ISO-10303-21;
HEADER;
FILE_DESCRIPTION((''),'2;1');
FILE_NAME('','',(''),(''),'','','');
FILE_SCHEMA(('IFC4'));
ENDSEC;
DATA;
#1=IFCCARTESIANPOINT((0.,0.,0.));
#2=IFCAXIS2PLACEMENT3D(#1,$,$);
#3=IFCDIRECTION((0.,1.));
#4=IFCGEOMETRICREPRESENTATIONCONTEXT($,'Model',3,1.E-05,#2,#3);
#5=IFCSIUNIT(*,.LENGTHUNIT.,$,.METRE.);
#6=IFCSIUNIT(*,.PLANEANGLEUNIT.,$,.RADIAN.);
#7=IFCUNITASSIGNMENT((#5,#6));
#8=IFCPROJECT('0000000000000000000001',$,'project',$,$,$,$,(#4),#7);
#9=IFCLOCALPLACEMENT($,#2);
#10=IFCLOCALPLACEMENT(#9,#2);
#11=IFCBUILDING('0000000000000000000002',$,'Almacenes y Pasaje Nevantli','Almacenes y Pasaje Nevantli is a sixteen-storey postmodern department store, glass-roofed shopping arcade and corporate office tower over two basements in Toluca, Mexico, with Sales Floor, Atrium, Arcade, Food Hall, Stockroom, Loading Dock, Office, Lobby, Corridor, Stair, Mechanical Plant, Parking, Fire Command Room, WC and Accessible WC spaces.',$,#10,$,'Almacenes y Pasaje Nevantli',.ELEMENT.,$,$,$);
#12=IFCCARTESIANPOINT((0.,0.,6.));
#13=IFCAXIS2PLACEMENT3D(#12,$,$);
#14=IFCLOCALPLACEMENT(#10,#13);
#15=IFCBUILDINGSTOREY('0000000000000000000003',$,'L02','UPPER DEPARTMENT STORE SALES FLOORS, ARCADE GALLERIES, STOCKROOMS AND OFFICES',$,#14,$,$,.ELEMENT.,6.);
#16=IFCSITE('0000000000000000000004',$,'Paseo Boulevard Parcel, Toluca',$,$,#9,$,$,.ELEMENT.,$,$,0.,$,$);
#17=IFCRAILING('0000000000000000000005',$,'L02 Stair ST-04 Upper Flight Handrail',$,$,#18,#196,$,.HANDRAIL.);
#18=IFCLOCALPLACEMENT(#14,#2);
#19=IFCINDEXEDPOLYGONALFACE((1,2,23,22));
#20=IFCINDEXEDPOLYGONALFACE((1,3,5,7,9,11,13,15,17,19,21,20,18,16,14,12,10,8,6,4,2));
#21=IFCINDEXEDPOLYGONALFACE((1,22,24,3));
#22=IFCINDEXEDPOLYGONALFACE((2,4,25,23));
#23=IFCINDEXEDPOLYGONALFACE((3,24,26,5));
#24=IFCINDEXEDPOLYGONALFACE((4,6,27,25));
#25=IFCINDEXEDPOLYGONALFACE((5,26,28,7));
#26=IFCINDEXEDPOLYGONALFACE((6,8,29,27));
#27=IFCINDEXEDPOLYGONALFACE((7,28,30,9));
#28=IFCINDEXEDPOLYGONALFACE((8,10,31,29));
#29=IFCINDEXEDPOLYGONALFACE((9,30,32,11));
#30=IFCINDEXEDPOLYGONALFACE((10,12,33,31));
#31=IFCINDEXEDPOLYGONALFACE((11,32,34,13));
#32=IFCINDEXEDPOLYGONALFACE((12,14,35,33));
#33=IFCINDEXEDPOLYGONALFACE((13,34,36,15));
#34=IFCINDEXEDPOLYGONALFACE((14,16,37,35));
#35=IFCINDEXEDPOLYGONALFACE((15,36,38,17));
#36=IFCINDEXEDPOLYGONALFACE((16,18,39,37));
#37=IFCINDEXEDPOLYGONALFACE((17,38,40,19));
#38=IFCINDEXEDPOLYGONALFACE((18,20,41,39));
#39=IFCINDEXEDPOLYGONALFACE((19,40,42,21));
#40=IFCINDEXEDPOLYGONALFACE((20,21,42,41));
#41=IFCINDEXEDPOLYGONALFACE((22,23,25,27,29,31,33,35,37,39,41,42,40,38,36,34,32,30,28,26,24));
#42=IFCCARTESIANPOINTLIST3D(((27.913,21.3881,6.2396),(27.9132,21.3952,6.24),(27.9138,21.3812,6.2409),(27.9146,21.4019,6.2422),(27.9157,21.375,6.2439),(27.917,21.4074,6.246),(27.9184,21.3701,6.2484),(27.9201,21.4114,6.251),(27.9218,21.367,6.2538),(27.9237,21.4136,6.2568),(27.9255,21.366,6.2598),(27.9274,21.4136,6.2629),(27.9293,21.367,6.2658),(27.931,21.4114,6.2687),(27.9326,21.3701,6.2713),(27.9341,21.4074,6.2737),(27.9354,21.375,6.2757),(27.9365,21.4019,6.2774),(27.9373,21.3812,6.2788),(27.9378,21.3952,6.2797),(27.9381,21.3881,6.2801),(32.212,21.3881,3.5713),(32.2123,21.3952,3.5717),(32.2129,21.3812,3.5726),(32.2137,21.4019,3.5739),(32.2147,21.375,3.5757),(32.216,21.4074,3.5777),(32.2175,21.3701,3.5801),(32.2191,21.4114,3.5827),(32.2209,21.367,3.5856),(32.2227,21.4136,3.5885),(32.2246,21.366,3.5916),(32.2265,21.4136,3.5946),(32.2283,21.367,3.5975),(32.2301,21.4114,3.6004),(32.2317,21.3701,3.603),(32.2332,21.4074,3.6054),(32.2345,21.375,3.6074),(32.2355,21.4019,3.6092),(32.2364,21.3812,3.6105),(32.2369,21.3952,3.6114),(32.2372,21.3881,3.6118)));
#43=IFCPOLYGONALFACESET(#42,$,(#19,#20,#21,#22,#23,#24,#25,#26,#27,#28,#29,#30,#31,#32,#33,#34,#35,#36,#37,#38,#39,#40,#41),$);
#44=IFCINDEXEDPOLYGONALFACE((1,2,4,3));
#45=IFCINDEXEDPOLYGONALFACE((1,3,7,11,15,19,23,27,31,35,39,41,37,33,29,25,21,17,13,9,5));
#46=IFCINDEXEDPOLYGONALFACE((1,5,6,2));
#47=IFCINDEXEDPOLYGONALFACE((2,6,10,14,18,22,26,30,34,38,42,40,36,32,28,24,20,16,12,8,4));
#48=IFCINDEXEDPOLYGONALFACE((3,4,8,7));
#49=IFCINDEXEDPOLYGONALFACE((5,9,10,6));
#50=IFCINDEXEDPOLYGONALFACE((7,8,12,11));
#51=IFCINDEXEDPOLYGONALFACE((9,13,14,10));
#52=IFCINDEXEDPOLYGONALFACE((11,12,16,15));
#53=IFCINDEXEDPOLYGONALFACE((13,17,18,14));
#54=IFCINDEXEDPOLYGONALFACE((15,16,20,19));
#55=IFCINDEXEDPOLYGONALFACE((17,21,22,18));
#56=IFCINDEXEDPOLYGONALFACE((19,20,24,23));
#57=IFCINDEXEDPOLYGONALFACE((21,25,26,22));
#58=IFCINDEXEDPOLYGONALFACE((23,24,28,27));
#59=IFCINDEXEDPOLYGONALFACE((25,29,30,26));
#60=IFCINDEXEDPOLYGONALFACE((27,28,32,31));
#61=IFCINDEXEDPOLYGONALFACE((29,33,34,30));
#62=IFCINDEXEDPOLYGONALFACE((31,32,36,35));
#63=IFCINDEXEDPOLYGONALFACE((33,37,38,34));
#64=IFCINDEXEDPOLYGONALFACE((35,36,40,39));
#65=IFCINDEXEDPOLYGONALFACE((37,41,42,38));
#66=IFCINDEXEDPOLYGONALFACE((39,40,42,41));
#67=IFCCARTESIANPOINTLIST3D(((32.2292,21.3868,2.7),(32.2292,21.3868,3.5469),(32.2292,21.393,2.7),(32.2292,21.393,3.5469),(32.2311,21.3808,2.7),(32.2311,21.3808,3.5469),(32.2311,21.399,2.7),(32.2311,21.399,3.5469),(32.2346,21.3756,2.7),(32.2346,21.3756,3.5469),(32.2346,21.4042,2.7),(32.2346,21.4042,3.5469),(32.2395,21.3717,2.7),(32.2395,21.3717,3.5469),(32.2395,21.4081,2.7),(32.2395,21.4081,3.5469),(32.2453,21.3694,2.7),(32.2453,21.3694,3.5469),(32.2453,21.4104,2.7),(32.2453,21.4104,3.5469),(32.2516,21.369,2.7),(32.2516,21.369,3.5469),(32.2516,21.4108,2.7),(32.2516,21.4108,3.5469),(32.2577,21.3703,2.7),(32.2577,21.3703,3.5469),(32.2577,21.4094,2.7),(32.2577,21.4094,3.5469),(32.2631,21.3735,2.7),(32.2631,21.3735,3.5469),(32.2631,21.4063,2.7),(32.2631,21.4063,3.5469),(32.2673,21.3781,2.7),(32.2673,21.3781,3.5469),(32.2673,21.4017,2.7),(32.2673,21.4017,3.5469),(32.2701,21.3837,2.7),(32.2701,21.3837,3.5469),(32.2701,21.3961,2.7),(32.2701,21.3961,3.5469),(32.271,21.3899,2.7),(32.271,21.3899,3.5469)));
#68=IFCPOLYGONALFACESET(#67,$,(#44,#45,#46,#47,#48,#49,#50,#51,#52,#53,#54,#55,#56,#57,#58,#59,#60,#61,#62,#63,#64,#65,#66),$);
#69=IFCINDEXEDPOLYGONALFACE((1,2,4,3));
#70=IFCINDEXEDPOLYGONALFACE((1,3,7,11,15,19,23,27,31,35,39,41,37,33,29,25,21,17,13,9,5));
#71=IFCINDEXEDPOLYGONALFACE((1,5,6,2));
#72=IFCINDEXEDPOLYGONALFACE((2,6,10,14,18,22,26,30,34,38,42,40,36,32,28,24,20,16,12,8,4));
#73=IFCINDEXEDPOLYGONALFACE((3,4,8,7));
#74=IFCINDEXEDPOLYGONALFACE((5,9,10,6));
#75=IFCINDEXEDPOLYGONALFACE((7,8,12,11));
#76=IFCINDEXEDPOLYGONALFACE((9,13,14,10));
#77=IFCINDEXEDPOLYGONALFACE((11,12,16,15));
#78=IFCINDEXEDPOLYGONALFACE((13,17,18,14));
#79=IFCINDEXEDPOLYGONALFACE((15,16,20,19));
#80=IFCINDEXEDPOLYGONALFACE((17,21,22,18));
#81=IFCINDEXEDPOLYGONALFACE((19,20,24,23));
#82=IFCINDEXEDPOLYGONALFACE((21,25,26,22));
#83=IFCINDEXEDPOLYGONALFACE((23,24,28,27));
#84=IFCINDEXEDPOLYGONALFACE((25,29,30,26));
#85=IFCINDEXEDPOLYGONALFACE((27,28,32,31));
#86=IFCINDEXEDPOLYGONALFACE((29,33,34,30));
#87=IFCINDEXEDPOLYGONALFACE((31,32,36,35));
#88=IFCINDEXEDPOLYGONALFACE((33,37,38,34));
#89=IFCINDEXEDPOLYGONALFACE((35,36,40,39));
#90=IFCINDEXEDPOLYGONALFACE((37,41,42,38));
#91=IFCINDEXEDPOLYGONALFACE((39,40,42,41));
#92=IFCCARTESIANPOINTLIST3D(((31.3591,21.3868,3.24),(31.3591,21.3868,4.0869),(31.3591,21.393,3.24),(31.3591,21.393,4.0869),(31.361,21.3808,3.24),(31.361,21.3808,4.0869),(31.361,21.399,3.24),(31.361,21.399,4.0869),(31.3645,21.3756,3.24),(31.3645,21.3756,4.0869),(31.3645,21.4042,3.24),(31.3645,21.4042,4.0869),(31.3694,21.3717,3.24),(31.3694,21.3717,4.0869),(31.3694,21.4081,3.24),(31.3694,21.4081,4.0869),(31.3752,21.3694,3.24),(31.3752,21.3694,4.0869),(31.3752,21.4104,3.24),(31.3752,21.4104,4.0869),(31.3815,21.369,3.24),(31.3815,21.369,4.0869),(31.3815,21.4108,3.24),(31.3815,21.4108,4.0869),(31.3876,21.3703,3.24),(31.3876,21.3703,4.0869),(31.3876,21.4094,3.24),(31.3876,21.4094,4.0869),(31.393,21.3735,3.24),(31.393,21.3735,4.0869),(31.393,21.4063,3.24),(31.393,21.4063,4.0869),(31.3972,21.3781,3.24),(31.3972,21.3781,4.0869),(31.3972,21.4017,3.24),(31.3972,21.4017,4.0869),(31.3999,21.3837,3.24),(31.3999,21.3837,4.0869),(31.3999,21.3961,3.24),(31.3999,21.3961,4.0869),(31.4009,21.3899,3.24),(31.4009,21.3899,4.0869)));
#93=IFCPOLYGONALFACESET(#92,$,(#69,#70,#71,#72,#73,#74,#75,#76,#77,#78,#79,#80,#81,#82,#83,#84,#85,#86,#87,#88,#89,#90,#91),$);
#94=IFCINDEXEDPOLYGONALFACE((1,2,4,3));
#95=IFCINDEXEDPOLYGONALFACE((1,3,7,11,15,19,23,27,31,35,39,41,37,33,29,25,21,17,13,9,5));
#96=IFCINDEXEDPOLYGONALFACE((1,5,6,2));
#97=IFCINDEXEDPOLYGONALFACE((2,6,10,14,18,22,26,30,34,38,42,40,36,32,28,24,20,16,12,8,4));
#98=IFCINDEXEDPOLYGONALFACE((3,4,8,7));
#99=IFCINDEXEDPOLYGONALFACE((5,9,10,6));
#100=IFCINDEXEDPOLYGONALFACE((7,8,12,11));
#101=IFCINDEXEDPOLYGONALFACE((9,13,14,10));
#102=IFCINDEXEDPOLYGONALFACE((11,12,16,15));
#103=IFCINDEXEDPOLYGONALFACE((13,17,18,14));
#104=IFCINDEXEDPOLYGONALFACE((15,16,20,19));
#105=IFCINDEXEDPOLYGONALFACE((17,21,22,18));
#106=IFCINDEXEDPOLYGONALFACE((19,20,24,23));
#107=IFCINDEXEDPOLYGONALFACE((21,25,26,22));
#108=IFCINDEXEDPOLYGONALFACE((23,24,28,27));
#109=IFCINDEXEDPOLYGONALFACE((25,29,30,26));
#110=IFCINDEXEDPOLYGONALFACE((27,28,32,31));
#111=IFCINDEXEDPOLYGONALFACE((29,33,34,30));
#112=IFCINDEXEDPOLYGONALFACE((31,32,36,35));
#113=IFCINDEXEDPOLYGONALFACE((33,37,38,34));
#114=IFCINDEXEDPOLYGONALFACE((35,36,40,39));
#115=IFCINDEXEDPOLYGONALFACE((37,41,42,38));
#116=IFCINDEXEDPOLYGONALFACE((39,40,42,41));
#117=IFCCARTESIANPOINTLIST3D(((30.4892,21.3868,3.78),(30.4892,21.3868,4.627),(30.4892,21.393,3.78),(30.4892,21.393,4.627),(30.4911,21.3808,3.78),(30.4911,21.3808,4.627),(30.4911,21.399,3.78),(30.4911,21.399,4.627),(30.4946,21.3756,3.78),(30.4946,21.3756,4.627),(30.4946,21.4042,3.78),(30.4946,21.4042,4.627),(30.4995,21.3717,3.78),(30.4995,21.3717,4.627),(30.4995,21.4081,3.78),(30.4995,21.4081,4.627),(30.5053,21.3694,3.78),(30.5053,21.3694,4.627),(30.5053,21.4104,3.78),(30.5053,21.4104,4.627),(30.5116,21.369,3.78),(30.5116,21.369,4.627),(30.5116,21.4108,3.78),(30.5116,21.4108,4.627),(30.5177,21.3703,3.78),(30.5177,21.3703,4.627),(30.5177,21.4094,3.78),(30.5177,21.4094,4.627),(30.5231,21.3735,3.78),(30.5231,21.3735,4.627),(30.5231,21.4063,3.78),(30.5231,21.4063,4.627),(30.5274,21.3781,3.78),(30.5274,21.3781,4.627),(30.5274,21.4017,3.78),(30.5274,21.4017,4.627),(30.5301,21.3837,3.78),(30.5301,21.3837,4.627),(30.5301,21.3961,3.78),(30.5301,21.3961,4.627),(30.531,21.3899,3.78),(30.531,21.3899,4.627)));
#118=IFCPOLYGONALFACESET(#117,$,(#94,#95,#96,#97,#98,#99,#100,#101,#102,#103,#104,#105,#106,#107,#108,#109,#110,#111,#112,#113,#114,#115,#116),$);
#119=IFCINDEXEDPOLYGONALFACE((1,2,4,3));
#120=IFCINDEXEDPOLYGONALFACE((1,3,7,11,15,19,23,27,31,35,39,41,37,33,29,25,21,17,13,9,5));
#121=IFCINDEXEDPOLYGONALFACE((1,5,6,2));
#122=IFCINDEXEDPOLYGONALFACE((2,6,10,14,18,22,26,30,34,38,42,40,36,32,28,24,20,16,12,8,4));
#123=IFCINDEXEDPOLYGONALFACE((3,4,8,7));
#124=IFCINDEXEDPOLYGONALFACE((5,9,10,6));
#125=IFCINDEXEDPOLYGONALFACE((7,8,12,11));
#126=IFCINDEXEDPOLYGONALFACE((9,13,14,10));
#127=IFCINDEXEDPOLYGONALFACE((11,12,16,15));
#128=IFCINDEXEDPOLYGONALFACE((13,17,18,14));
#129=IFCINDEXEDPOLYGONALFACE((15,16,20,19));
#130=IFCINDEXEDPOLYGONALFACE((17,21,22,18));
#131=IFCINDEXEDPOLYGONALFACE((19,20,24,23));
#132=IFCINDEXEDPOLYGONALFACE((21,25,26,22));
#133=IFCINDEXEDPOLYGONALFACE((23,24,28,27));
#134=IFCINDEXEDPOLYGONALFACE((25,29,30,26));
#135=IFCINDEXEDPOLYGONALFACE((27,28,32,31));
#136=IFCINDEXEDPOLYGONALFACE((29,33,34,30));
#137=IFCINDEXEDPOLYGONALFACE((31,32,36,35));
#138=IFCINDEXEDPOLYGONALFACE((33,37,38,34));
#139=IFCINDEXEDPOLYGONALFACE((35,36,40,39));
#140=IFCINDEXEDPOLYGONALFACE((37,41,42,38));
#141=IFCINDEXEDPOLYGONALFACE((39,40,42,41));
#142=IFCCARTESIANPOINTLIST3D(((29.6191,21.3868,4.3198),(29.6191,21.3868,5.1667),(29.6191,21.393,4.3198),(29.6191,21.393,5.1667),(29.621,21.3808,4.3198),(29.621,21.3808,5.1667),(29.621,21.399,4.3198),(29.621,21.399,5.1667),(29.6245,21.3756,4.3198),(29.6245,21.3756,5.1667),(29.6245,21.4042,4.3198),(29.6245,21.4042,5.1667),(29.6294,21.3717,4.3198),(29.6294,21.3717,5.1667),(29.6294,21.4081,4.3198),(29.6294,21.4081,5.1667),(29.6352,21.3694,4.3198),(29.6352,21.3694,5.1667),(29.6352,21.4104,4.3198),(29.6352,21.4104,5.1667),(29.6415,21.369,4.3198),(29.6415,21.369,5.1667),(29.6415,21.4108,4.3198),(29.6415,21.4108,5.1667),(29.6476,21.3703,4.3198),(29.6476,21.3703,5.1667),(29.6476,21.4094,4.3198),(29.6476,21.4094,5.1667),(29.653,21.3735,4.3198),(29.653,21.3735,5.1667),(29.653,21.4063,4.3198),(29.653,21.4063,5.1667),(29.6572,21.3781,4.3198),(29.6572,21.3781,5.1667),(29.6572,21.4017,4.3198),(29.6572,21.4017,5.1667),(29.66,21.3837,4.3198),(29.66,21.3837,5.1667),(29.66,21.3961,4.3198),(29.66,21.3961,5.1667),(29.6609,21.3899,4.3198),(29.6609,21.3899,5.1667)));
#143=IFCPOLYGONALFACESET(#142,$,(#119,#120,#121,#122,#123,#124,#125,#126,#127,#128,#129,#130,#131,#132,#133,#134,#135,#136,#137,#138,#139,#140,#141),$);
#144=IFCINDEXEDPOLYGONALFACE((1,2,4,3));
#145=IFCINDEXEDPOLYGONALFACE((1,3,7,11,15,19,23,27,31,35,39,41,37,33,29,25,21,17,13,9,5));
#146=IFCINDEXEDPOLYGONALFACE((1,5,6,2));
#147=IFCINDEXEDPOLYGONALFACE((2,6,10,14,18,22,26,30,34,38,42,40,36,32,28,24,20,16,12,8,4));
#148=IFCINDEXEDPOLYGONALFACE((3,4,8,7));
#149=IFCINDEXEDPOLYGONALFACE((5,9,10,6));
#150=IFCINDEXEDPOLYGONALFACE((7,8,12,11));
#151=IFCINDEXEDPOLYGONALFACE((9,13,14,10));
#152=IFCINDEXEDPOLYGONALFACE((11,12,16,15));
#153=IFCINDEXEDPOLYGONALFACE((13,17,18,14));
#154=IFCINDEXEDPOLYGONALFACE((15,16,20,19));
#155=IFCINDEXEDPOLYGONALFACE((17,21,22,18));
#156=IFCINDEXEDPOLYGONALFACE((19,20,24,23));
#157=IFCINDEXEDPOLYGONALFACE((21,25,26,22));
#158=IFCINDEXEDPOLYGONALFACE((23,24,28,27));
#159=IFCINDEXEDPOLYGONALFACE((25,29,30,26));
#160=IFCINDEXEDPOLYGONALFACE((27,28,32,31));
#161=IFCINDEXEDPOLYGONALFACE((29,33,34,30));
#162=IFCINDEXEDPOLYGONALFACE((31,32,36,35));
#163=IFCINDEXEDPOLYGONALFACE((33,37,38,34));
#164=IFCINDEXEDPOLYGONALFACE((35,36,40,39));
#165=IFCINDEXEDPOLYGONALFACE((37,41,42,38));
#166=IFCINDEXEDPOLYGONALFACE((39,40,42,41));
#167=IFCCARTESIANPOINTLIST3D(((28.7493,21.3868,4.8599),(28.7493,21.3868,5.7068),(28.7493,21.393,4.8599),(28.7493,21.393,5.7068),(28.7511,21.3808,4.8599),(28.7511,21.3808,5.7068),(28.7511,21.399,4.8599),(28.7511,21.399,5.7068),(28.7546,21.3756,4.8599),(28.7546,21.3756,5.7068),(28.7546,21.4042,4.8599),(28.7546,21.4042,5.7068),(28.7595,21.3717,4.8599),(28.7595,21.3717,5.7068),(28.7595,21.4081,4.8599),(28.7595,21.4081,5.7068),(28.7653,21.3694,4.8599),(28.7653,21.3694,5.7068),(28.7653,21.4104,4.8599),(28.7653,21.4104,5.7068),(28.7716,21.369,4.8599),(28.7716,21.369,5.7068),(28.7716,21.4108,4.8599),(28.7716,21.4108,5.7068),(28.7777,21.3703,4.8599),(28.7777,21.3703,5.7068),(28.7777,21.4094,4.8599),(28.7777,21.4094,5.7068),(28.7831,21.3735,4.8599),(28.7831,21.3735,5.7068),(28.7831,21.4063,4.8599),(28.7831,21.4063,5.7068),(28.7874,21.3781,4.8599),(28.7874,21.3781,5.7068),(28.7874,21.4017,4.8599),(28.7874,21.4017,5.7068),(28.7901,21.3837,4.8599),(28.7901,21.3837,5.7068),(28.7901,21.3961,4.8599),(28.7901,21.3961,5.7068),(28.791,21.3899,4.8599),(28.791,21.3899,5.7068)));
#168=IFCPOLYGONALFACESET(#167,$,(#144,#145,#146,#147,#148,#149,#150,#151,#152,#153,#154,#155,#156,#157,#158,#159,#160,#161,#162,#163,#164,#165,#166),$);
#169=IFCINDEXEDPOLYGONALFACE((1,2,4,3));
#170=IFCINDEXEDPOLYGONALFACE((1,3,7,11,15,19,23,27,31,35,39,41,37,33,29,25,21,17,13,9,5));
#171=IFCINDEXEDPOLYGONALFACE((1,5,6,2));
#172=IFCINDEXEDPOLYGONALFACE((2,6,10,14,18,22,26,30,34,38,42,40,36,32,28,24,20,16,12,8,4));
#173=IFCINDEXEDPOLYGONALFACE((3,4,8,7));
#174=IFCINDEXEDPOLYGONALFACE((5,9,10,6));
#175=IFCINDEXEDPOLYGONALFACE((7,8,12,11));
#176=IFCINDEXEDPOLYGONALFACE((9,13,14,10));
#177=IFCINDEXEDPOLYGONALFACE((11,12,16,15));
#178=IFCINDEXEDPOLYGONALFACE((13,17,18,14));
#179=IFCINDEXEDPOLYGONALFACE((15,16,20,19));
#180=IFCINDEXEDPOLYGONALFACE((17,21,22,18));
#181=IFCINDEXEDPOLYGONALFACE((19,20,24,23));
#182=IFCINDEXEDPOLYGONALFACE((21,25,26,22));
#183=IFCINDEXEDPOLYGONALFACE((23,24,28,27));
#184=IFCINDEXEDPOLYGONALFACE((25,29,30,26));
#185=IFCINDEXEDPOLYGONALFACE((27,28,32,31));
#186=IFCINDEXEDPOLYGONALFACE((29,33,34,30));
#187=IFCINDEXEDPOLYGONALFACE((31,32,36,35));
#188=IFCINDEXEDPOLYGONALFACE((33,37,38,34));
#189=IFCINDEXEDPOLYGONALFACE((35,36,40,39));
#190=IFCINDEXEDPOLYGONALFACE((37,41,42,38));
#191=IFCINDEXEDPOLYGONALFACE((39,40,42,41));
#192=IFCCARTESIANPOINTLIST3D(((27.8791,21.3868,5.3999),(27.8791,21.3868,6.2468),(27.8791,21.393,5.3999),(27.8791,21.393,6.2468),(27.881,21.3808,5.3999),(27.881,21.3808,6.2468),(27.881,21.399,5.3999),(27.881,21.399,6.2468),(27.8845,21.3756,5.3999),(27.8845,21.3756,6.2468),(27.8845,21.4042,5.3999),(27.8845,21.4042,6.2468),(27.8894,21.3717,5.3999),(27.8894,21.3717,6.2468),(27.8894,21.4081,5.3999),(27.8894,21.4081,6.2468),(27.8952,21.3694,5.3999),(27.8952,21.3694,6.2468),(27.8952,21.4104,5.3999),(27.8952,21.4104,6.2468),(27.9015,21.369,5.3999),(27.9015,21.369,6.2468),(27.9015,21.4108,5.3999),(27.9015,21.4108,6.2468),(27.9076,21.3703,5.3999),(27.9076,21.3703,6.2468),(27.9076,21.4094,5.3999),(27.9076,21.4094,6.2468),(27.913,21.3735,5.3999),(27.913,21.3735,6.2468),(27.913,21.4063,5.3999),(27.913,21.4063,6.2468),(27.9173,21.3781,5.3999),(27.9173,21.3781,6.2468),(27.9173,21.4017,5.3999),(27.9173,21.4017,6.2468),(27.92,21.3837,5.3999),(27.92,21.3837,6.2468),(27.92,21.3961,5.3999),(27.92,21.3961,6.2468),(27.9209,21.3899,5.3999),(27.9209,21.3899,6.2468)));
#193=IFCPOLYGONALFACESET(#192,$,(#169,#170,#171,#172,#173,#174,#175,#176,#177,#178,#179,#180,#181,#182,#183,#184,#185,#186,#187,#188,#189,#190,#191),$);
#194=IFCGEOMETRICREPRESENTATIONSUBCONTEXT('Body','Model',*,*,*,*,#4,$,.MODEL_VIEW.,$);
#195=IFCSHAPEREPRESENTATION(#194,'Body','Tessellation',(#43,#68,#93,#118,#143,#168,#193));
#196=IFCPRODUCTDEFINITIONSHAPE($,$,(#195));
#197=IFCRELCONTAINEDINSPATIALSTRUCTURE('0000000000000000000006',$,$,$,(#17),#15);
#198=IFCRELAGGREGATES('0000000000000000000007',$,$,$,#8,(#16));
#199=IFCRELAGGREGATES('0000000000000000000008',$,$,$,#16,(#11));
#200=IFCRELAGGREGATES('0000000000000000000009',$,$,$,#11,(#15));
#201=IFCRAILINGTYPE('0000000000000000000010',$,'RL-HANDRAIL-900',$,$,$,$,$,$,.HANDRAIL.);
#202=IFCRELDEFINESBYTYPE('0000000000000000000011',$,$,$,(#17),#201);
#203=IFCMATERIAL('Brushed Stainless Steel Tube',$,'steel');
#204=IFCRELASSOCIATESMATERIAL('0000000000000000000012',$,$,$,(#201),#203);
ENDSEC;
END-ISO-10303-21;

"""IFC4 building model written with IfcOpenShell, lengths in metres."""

from ifc_helpers import new_model, si_unit, direction, frame, origin, origin_2d, place, context, subcontext, project, spatial, circle, extrude, material, type_object, element, save


model = new_model("IFC4")

# Units and contexts
model_context = context("Model", 3, precision=1e-05, world=origin(), true_north=direction((0.0, 1.0)))
body_context = subcontext(model_context, "Body", "Model", "MODEL_VIEW")
ifc_project = project(units=[si_unit("LENGTHUNIT", "METRE"), si_unit("PLANEANGLEUNIT", "RADIAN")], contexts=[model_context])

# Site, building, storey
site_placement = place(None, origin())
site = spatial("IfcSite", under=ifc_project, at=site_placement, Name="Paseo Boulevard Parcel, Toluca", CompositionType="ELEMENT", RefElevation=0.0)
building_placement = place(site_placement, origin())
building = spatial("IfcBuilding", under=site, at=building_placement, Name="Almacenes y Pasaje Nevantli", Description="Almacenes y Pasaje Nevantli is a sixteen-storey postmodern department store, glass-roofed shopping arcade and corporate office tower over two basements in Toluca, Mexico, with Sales Floor, Atrium, Arcade, Food Hall, Stockroom, Loading Dock, Office, Lobby, Corridor, Stair, Mechanical Plant, Parking, Fire Command Room, WC and Accessible WC spaces.", LongName="Almacenes y Pasaje Nevantli", CompositionType="ELEMENT")
storey_placement = place(building_placement, frame((0.0, 0.0, 6.0)))
storey = spatial("IfcBuildingStorey", under=building, at=storey_placement, Name="L02", Description="UPPER DEPARTMENT STORE SALES FLOORS, ARCADE GALLERIES, STOCKROOMS AND OFFICES", CompositionType="ELEMENT", Elevation=6.0)

# Railing
ifc_material_1 = material(Name="Brushed Stainless Steel Tube", Category="steel")
railing_type_1 = type_object("IfcRailingType", Name="RL-HANDRAIL-900", PredefinedType="HANDRAIL", material=ifc_material_1)
railing_1_placement = place(storey_placement, frame((32.25, 21.3899, 2.7)))
element("IfcRailing", 1, at=railing_1_placement, inside=storey, type_object=railing_type_1, Name="L02 Stair ST-04 Upper Flight Handrail", PredefinedType="HANDRAIL", context=body_context, shape_type="SweptSolid", body=[
    extrude(circle(Radius=0.0239, at=origin_2d()), frame((-0.0254, 0.0, 0.8916), z_axis=(-0.84965, 0.0, 0.527347), x_axis=(0.0, -1.0, 0.0)), (0.0, 0.0, 1.0), 5.0598),
    extrude(circle(Radius=0.021, at=origin_2d()), origin(), (0.0, 0.0, 1.0), 0.8469),
    extrude(circle(Radius=0.021, at=origin_2d()), frame((-0.8701, 0.0, 0.54)), (0.0, 0.0, 1.0), 0.8469),
    extrude(circle(Radius=0.021, at=origin_2d()), frame((-1.74, 0.0, 1.0801)), (0.0, 0.0, 1.0), 0.8469),
    extrude(circle(Radius=0.021, at=origin_2d()), frame((-2.6101, 0.0, 1.6199)), (0.0, 0.0, 1.0), 0.8469),
    extrude(circle(Radius=0.021, at=origin_2d()), frame((-3.48, 0.0, 2.1599)), (0.0, 0.0, 1.0), 0.8469),
    extrude(circle(Radius=0.021, at=origin_2d()), frame((-4.3501, 0.0, 2.7)), (0.0, 0.0, 1.0), 0.8469),
])

save(model, "model.ifc")
